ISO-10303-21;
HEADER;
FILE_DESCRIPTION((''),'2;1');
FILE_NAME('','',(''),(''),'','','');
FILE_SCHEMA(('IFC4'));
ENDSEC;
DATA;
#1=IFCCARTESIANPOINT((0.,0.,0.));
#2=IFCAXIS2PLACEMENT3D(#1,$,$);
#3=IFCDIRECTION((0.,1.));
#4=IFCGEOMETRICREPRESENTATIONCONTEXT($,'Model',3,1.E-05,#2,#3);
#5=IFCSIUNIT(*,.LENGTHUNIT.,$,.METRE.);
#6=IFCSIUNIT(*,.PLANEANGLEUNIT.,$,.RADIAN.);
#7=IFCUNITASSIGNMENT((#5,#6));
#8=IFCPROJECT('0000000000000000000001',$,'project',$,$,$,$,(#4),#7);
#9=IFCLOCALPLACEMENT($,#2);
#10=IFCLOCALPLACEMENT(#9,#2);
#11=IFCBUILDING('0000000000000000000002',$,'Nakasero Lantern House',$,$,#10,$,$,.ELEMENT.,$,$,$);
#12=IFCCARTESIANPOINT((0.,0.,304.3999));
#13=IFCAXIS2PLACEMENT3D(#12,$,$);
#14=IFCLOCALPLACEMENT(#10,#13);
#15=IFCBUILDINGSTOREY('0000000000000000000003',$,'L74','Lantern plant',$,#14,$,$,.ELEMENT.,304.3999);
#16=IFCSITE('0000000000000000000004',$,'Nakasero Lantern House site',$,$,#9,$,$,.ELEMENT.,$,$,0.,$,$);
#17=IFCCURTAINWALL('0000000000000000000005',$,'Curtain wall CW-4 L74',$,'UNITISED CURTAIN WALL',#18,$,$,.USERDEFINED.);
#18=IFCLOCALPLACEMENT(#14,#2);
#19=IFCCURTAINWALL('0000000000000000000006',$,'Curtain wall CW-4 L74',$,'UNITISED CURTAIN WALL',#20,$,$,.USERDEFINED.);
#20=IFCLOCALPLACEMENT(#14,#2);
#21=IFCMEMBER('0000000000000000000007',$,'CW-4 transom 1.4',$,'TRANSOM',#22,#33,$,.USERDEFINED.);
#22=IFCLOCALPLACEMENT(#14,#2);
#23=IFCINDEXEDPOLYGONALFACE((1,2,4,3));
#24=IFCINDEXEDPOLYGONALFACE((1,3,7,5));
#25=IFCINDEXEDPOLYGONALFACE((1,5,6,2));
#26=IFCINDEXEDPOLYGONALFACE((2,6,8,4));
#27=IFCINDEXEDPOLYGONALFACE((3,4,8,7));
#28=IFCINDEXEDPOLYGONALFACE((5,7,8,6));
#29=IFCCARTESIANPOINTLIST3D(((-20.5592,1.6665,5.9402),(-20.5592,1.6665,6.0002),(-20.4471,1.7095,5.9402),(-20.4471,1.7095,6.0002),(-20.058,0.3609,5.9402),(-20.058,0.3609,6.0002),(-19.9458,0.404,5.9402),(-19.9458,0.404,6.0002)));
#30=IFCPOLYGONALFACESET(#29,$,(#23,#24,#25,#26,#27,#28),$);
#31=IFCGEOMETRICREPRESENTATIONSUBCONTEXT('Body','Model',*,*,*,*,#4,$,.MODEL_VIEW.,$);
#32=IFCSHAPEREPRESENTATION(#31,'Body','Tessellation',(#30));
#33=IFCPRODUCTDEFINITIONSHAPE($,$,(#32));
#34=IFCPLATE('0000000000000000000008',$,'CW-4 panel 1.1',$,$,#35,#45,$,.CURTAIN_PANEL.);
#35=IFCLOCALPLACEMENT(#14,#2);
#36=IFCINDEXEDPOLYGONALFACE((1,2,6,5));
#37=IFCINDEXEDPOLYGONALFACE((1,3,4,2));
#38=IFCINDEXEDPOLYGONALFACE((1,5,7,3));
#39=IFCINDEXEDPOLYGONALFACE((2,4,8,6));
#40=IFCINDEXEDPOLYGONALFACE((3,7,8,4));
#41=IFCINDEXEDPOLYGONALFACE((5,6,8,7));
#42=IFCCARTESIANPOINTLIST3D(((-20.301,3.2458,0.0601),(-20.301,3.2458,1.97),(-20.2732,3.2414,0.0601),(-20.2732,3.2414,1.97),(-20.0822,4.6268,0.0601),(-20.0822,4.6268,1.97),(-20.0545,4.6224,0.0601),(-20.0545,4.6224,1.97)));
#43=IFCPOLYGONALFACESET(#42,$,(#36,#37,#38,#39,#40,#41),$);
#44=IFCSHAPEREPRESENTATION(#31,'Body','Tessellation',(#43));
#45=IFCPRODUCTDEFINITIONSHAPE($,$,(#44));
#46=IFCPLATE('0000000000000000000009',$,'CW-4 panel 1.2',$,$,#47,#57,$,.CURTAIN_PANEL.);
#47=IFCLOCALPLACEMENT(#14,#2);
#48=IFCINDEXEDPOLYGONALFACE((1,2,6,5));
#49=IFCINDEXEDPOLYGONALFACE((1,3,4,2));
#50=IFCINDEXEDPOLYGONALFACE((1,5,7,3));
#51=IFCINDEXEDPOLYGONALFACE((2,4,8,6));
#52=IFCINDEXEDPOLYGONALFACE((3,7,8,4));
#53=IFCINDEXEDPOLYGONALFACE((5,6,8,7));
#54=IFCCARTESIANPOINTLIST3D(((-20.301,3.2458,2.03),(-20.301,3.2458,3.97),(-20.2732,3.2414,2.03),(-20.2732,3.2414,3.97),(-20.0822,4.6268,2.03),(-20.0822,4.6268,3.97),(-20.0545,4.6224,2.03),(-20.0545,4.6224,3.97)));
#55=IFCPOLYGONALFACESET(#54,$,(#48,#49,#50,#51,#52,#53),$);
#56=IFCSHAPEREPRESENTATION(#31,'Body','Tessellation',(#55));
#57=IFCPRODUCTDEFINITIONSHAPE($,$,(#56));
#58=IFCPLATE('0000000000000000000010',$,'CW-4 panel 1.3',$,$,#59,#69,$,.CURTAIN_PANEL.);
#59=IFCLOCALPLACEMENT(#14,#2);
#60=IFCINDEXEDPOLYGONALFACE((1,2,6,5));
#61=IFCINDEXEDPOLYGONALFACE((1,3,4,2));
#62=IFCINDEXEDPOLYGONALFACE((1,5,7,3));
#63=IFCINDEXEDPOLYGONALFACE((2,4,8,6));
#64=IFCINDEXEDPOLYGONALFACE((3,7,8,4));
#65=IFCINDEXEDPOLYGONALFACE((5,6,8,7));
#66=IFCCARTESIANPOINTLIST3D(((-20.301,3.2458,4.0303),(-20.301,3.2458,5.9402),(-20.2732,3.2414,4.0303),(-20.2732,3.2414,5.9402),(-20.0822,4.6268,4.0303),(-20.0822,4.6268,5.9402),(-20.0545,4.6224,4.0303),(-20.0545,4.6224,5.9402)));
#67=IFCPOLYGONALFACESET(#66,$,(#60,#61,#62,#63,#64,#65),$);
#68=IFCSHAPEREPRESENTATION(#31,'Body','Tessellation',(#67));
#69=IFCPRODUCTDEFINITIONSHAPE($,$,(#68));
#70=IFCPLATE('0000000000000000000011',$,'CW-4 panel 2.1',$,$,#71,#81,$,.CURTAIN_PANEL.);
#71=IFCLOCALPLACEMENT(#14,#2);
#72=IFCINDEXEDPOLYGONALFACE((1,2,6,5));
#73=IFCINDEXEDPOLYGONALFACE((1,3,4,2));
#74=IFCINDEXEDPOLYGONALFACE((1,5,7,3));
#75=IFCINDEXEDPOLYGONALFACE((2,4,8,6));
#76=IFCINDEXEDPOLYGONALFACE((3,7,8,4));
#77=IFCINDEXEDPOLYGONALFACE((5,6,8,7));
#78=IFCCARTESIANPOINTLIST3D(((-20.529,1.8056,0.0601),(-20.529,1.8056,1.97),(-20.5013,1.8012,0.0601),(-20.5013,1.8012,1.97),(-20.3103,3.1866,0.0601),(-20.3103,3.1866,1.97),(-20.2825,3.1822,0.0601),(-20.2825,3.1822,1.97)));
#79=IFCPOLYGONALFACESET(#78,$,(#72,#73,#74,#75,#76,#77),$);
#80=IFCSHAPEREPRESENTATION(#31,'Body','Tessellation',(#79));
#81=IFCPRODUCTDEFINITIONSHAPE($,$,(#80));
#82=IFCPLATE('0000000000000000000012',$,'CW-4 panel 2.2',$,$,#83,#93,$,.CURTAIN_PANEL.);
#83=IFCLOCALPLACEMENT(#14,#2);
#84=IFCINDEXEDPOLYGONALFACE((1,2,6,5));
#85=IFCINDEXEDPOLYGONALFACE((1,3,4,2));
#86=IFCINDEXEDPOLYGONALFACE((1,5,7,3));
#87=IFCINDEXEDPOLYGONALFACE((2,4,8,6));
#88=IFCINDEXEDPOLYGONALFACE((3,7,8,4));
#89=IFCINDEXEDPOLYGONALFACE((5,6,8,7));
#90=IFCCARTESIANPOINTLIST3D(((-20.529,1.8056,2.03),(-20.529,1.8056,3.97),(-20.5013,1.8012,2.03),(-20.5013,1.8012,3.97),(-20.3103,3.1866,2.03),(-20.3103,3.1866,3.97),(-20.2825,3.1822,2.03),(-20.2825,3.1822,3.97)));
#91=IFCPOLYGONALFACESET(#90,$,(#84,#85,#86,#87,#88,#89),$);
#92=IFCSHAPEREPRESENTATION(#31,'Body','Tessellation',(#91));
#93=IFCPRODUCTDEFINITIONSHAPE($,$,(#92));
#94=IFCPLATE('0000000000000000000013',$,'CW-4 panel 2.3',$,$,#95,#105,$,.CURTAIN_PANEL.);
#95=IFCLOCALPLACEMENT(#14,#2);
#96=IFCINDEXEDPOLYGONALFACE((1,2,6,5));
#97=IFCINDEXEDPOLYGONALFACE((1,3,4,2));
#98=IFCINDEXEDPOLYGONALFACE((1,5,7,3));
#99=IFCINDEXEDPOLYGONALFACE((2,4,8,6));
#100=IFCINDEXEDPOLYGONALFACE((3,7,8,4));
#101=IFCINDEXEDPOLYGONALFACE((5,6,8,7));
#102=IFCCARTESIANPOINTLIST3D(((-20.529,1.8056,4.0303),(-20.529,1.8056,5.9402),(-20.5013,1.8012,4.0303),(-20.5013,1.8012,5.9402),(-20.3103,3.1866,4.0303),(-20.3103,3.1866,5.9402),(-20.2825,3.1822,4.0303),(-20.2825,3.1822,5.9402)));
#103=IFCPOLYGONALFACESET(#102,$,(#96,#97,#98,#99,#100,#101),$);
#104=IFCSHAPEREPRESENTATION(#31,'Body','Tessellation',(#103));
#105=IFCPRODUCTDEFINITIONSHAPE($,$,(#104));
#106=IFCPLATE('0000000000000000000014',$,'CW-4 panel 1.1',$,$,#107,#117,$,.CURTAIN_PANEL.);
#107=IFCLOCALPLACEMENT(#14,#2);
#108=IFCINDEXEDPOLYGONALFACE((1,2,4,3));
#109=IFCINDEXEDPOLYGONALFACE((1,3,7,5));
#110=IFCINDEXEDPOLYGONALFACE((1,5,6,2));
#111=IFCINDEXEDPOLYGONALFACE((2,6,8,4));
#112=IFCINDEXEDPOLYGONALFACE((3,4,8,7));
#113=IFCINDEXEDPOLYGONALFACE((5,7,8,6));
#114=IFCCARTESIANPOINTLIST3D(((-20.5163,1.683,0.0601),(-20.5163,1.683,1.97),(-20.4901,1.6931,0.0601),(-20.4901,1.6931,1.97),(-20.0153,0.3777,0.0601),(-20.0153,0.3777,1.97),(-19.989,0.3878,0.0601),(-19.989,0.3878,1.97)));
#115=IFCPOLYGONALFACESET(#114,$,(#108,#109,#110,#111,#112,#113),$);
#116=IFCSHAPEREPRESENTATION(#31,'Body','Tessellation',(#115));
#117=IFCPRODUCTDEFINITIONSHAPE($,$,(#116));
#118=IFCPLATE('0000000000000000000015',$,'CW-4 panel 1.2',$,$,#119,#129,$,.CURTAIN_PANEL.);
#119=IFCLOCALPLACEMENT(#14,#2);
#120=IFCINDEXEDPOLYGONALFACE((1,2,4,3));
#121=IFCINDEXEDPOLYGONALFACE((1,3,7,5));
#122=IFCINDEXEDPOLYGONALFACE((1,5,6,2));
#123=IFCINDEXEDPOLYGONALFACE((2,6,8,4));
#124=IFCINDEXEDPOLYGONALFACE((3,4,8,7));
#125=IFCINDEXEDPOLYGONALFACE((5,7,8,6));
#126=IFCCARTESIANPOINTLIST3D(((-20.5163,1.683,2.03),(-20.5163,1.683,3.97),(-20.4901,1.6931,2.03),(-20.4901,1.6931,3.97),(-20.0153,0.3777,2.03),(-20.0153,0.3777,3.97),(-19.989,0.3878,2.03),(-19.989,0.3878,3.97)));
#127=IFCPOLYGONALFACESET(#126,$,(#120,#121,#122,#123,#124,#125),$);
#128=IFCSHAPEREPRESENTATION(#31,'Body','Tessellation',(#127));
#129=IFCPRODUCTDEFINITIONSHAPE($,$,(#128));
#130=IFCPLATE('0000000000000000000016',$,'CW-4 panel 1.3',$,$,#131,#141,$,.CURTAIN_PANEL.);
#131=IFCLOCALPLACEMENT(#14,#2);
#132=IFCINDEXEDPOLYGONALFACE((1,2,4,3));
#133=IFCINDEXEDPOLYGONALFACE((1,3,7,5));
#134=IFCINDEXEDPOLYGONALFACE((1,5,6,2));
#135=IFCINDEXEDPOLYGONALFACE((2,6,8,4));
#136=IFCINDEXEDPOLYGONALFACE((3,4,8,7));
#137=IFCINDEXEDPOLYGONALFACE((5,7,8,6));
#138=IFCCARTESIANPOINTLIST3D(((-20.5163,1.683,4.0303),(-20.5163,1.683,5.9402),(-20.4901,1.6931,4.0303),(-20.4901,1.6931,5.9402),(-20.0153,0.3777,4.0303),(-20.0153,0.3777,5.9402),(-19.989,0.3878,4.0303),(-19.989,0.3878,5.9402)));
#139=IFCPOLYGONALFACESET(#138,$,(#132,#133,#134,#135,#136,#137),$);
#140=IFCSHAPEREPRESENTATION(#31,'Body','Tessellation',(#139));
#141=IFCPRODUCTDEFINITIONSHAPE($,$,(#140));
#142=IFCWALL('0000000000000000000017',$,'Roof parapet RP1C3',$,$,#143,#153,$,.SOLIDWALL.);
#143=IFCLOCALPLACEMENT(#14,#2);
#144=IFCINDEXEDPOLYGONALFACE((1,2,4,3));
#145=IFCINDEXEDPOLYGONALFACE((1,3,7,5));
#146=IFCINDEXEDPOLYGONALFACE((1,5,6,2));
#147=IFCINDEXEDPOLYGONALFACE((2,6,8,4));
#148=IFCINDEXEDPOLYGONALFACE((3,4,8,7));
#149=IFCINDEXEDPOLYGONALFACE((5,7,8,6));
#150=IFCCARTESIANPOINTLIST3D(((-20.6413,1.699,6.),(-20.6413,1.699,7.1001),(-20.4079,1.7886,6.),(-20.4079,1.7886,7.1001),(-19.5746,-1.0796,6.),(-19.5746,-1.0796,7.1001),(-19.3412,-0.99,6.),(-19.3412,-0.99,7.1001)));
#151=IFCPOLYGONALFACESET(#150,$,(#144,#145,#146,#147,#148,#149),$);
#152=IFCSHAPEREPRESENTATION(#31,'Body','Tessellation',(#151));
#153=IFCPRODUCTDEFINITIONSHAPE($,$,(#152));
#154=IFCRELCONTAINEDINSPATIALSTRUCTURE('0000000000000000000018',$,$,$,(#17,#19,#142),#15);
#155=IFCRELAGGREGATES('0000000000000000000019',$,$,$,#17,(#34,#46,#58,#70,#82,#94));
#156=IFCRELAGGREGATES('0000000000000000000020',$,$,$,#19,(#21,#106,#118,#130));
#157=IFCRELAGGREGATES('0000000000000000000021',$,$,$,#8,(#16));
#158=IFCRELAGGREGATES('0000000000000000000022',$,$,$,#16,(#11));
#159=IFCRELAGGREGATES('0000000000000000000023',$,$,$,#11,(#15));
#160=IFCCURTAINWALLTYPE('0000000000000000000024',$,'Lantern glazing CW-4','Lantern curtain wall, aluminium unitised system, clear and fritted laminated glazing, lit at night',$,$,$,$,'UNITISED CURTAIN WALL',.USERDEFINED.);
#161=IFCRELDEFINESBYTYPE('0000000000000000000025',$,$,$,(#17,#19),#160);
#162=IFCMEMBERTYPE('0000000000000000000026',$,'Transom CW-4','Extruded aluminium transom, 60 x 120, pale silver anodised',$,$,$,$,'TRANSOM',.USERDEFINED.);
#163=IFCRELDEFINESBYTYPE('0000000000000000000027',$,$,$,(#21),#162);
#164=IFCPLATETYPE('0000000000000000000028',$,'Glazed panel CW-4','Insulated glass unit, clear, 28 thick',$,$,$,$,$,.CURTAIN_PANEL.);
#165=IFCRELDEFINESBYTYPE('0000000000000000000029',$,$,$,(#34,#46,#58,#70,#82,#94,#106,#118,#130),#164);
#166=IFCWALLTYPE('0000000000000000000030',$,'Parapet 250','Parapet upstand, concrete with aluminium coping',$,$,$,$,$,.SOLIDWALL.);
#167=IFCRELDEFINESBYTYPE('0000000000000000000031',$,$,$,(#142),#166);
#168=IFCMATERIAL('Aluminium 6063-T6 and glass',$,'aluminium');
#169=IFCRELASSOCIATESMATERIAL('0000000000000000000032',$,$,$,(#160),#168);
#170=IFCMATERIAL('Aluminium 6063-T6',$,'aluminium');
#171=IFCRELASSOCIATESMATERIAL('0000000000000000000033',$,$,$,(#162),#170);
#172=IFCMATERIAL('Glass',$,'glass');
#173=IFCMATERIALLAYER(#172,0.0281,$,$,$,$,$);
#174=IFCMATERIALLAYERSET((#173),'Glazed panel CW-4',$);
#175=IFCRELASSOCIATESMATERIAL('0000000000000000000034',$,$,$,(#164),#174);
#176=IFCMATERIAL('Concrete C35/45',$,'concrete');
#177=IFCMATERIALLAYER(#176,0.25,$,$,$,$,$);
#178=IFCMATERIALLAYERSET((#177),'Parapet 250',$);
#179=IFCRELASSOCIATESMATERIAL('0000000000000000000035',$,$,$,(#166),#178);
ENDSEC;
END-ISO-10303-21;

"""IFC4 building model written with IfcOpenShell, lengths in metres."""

from ifc_helpers import new_model, si_unit, direction, frame, frame_2d, origin, origin_2d, place, context, subcontext, project, spatial, rectangle, extrude, material, layer, layer_set, material_profile, profile_set, type_object, element, aggregate, save


model = new_model("IFC4")

# Units and contexts
model_context = context("Model", 3, precision=1e-05, world=origin(), true_north=direction((0.0, 1.0)))
body_context = subcontext(model_context, "Body", "Model", "MODEL_VIEW")
ifc_project = project(units=[si_unit("LENGTHUNIT", "METRE"), si_unit("PLANEANGLEUNIT", "RADIAN")], contexts=[model_context])

# Site, building, storey
site_placement = place(None, origin())
site = spatial("IfcSite", under=ifc_project, at=site_placement, Name="Nakasero Lantern House site", CompositionType="ELEMENT", RefElevation=0.0)
building_placement = place(site_placement, origin())
building = spatial("IfcBuilding", under=site, at=building_placement, Name="Nakasero Lantern House", CompositionType="ELEMENT")
storey_placement = place(building_placement, frame((0.0, 0.0, 304.3999)))
storey = spatial("IfcBuildingStorey", under=building, at=storey_placement, Name="L74", Description="Lantern plant", CompositionType="ELEMENT", Elevation=304.3999)

# Curtain wall
ifc_material_1 = material(Name="Aluminium 6063-T6 and glass", Category="aluminium")
curtain_wall_type = type_object("IfcCurtainWallType", Name="Lantern glazing CW-4", Description="Lantern curtain wall, aluminium unitised system, clear and fritted laminated glazing, lit at night", ElementType="UNITISED CURTAIN WALL", PredefinedType="USERDEFINED", material=ifc_material_1)
curtain_wall_1_placement = place(storey_placement, origin())
curtain_wall_1 = element("IfcCurtainWall", 1, at=curtain_wall_1_placement, inside=storey, type_object=curtain_wall_type, Name="Curtain wall CW-4 L74", ObjectType="UNITISED CURTAIN WALL", PredefinedType="USERDEFINED")

# Curtain wall
curtain_wall_2_placement = place(storey_placement, origin())
curtain_wall_2 = element("IfcCurtainWall", 2, at=curtain_wall_2_placement, inside=storey, type_object=curtain_wall_type, Name="Curtain wall CW-4 L74", ObjectType="UNITISED CURTAIN WALL", PredefinedType="USERDEFINED")

# Member
ifc_material_2 = material(Name="Aluminium 6063-T6", Category="aluminium")
ifc_material_profile_1 = material_profile(ifc_material_2, rectangle(XDim=0.0601, YDim=0.1201, at=origin_2d()), Name="CW-4 transom 60x120")
ifc_profile_set_1 = profile_set([ifc_material_profile_1], Name="Aluminium 6063-T6")
member_type_1 = type_object("IfcMemberType", Name="Transom CW-4", Description="Extruded aluminium transom, 60 x 120, pale silver anodised", ElementType="TRANSOM", PredefinedType="USERDEFINED", material=ifc_profile_set_1)
member_1_placement = place(storey_placement, frame((-20.5032, 1.688, 5.9702), z_axis=(0.358441, -0.933552, 0.0), x_axis=(0.0, 0.0, 1.0)))
member_1 = element("IfcMember", 3, at=member_1_placement, type_object=member_type_1, Name="CW-4 transom 1.4", ObjectType="TRANSOM", PredefinedType="USERDEFINED", context=body_context, shape_type="SweptSolid", body=[
    extrude(rectangle(XDim=0.0601, YDim=0.1201, at=origin_2d()), origin(), (0.0, 0.0, 1.0), 1.3984),
])

# Plates
ifc_material_3 = material(Name="Glass", Category="glass")
ifc_layer_1 = layer(ifc_material_3, 0.0281)
ifc_layer_set_1 = layer_set([ifc_layer_1], Name="Glazed panel CW-4")
plate_type = type_object("IfcPlateType", Name="Glazed panel CW-4", Description="Insulated glass unit, clear, 28 thick", PredefinedType="CURTAIN_PANEL", material=ifc_layer_set_1)
plate_1_placement = place(storey_placement, frame((-20.1777, 3.9341, 0.0601), z_axis=(0.0, 0.0, 1.0), x_axis=(-0.156434, -0.987688, 0.0)))
plate_1 = element("IfcPlate", 4, at=plate_1_placement, type_object=plate_type, Name="CW-4 panel 1.1", PredefinedType="CURTAIN_PANEL", context=body_context, shape_type="SweptSolid", body=[
    extrude(rectangle(XDim=1.3982, YDim=0.0281, at=origin_2d()), origin(), (0.0, 0.0, 1.0), 1.9099),
])
plate_2_placement = place(storey_placement, frame((-20.1777, 3.9341, 2.03), z_axis=(0.0, 0.0, 1.0), x_axis=(-0.156434, -0.987688, 0.0)))
plate_2 = element("IfcPlate", 5, at=plate_2_placement, type_object=plate_type, Name="CW-4 panel 1.2", PredefinedType="CURTAIN_PANEL", context=body_context, shape_type="SweptSolid", body=[
    extrude(rectangle(XDim=1.3982, YDim=0.0281, at=origin_2d()), origin(), (0.0, 0.0, 1.0), 1.9399),
])
plate_3_placement = place(storey_placement, frame((-20.1777, 3.9341, 4.0303), z_axis=(0.0, 0.0, 1.0), x_axis=(-0.156434, -0.987688, 0.0)))
plate_3 = element("IfcPlate", 6, at=plate_3_placement, type_object=plate_type, Name="CW-4 panel 1.3", PredefinedType="CURTAIN_PANEL", context=body_context, shape_type="SweptSolid", body=[
    extrude(rectangle(XDim=1.3982, YDim=0.0281, at=origin_2d()), origin(), (0.0, 0.0, 1.0), 1.9099),
])
plate_4_placement = place(storey_placement, frame((-20.4058, 2.4939, 0.0601), z_axis=(0.0, 0.0, 1.0), x_axis=(-0.156434, -0.987688, 0.0)))
plate_4 = element("IfcPlate", 7, at=plate_4_placement, type_object=plate_type, Name="CW-4 panel 2.1", PredefinedType="CURTAIN_PANEL", context=body_context, shape_type="SweptSolid", body=[
    extrude(rectangle(XDim=1.3982, YDim=0.0281, at=origin_2d()), origin(), (0.0, 0.0, 1.0), 1.9099),
])
plate_5_placement = place(storey_placement, frame((-20.4058, 2.4939, 2.03), z_axis=(0.0, 0.0, 1.0), x_axis=(-0.156434, -0.987688, 0.0)))
plate_5 = element("IfcPlate", 8, at=plate_5_placement, type_object=plate_type, Name="CW-4 panel 2.2", PredefinedType="CURTAIN_PANEL", context=body_context, shape_type="SweptSolid", body=[
    extrude(rectangle(XDim=1.3982, YDim=0.0281, at=origin_2d()), origin(), (0.0, 0.0, 1.0), 1.9399),
])
plate_6_placement = place(storey_placement, frame((-20.4058, 2.4939, 4.0303), z_axis=(0.0, 0.0, 1.0), x_axis=(-0.156434, -0.987688, 0.0)))
plate_6 = element("IfcPlate", 9, at=plate_6_placement, type_object=plate_type, Name="CW-4 panel 2.3", PredefinedType="CURTAIN_PANEL", context=body_context, shape_type="SweptSolid", body=[
    extrude(rectangle(XDim=1.3982, YDim=0.0281, at=origin_2d()), origin(), (0.0, 0.0, 1.0), 1.9099),
])
aggregate(curtain_wall_1, [plate_1, plate_2, plate_3, plate_4, plate_5, plate_6])
plate_7_placement = place(storey_placement, frame((-20.2527, 1.0354, 0.0601), z_axis=(0.0, 0.0, 1.0), x_axis=(0.358368, -0.93358, 0.0)))
plate_7 = element("IfcPlate", 10, at=plate_7_placement, type_object=plate_type, Name="CW-4 panel 1.1", PredefinedType="CURTAIN_PANEL", context=body_context, shape_type="SweptSolid", body=[
    extrude(rectangle(XDim=1.3982, YDim=0.0281, at=origin_2d()), origin(), (0.0, 0.0, 1.0), 1.9099),
])
plate_8_placement = place(storey_placement, frame((-20.2527, 1.0354, 2.03), z_axis=(0.0, 0.0, 1.0), x_axis=(0.358368, -0.93358, 0.0)))
plate_8 = element("IfcPlate", 11, at=plate_8_placement, type_object=plate_type, Name="CW-4 panel 1.2", PredefinedType="CURTAIN_PANEL", context=body_context, shape_type="SweptSolid", body=[
    extrude(rectangle(XDim=1.3982, YDim=0.0281, at=origin_2d()), origin(), (0.0, 0.0, 1.0), 1.9399),
])
plate_9_placement = place(storey_placement, frame((-20.2527, 1.0354, 4.0303), z_axis=(0.0, 0.0, 1.0), x_axis=(0.358368, -0.93358, 0.0)))
plate_9 = element("IfcPlate", 12, at=plate_9_placement, type_object=plate_type, Name="CW-4 panel 1.3", PredefinedType="CURTAIN_PANEL", context=body_context, shape_type="SweptSolid", body=[
    extrude(rectangle(XDim=1.3982, YDim=0.0281, at=origin_2d()), origin(), (0.0, 0.0, 1.0), 1.9099),
])
aggregate(curtain_wall_2, [member_1, plate_7, plate_8, plate_9])

# Wall
ifc_material_4 = material(Name="Concrete C35/45", Category="concrete")
ifc_layer_2 = layer(ifc_material_4, 0.25)
ifc_layer_set_2 = layer_set([ifc_layer_2], Name="Parapet 250")
wall_type = type_object("IfcWallType", Name="Parapet 250", Description="Parapet upstand, concrete with aluminium coping", PredefinedType="SOLIDWALL", material=ifc_layer_set_2)
wall_placement = place(storey_placement, frame((-20.5247, 1.7439, 6.0), z_axis=(0.0, 0.0, 1.0), x_axis=(0.358385, -0.933574, 0.0)))
element("IfcWall", 13, at=wall_placement, inside=storey, type_object=wall_type, Name="Roof parapet RP1C3", PredefinedType="SOLIDWALL", context=body_context, shape_type="SweptSolid", body=[
    extrude(rectangle(XDim=2.9763, YDim=0.25, at=frame_2d((1.4883, 0.0))), origin(), (0.0, 0.0, 1.0), 1.1001),
])

save(model, "model.ifc")
